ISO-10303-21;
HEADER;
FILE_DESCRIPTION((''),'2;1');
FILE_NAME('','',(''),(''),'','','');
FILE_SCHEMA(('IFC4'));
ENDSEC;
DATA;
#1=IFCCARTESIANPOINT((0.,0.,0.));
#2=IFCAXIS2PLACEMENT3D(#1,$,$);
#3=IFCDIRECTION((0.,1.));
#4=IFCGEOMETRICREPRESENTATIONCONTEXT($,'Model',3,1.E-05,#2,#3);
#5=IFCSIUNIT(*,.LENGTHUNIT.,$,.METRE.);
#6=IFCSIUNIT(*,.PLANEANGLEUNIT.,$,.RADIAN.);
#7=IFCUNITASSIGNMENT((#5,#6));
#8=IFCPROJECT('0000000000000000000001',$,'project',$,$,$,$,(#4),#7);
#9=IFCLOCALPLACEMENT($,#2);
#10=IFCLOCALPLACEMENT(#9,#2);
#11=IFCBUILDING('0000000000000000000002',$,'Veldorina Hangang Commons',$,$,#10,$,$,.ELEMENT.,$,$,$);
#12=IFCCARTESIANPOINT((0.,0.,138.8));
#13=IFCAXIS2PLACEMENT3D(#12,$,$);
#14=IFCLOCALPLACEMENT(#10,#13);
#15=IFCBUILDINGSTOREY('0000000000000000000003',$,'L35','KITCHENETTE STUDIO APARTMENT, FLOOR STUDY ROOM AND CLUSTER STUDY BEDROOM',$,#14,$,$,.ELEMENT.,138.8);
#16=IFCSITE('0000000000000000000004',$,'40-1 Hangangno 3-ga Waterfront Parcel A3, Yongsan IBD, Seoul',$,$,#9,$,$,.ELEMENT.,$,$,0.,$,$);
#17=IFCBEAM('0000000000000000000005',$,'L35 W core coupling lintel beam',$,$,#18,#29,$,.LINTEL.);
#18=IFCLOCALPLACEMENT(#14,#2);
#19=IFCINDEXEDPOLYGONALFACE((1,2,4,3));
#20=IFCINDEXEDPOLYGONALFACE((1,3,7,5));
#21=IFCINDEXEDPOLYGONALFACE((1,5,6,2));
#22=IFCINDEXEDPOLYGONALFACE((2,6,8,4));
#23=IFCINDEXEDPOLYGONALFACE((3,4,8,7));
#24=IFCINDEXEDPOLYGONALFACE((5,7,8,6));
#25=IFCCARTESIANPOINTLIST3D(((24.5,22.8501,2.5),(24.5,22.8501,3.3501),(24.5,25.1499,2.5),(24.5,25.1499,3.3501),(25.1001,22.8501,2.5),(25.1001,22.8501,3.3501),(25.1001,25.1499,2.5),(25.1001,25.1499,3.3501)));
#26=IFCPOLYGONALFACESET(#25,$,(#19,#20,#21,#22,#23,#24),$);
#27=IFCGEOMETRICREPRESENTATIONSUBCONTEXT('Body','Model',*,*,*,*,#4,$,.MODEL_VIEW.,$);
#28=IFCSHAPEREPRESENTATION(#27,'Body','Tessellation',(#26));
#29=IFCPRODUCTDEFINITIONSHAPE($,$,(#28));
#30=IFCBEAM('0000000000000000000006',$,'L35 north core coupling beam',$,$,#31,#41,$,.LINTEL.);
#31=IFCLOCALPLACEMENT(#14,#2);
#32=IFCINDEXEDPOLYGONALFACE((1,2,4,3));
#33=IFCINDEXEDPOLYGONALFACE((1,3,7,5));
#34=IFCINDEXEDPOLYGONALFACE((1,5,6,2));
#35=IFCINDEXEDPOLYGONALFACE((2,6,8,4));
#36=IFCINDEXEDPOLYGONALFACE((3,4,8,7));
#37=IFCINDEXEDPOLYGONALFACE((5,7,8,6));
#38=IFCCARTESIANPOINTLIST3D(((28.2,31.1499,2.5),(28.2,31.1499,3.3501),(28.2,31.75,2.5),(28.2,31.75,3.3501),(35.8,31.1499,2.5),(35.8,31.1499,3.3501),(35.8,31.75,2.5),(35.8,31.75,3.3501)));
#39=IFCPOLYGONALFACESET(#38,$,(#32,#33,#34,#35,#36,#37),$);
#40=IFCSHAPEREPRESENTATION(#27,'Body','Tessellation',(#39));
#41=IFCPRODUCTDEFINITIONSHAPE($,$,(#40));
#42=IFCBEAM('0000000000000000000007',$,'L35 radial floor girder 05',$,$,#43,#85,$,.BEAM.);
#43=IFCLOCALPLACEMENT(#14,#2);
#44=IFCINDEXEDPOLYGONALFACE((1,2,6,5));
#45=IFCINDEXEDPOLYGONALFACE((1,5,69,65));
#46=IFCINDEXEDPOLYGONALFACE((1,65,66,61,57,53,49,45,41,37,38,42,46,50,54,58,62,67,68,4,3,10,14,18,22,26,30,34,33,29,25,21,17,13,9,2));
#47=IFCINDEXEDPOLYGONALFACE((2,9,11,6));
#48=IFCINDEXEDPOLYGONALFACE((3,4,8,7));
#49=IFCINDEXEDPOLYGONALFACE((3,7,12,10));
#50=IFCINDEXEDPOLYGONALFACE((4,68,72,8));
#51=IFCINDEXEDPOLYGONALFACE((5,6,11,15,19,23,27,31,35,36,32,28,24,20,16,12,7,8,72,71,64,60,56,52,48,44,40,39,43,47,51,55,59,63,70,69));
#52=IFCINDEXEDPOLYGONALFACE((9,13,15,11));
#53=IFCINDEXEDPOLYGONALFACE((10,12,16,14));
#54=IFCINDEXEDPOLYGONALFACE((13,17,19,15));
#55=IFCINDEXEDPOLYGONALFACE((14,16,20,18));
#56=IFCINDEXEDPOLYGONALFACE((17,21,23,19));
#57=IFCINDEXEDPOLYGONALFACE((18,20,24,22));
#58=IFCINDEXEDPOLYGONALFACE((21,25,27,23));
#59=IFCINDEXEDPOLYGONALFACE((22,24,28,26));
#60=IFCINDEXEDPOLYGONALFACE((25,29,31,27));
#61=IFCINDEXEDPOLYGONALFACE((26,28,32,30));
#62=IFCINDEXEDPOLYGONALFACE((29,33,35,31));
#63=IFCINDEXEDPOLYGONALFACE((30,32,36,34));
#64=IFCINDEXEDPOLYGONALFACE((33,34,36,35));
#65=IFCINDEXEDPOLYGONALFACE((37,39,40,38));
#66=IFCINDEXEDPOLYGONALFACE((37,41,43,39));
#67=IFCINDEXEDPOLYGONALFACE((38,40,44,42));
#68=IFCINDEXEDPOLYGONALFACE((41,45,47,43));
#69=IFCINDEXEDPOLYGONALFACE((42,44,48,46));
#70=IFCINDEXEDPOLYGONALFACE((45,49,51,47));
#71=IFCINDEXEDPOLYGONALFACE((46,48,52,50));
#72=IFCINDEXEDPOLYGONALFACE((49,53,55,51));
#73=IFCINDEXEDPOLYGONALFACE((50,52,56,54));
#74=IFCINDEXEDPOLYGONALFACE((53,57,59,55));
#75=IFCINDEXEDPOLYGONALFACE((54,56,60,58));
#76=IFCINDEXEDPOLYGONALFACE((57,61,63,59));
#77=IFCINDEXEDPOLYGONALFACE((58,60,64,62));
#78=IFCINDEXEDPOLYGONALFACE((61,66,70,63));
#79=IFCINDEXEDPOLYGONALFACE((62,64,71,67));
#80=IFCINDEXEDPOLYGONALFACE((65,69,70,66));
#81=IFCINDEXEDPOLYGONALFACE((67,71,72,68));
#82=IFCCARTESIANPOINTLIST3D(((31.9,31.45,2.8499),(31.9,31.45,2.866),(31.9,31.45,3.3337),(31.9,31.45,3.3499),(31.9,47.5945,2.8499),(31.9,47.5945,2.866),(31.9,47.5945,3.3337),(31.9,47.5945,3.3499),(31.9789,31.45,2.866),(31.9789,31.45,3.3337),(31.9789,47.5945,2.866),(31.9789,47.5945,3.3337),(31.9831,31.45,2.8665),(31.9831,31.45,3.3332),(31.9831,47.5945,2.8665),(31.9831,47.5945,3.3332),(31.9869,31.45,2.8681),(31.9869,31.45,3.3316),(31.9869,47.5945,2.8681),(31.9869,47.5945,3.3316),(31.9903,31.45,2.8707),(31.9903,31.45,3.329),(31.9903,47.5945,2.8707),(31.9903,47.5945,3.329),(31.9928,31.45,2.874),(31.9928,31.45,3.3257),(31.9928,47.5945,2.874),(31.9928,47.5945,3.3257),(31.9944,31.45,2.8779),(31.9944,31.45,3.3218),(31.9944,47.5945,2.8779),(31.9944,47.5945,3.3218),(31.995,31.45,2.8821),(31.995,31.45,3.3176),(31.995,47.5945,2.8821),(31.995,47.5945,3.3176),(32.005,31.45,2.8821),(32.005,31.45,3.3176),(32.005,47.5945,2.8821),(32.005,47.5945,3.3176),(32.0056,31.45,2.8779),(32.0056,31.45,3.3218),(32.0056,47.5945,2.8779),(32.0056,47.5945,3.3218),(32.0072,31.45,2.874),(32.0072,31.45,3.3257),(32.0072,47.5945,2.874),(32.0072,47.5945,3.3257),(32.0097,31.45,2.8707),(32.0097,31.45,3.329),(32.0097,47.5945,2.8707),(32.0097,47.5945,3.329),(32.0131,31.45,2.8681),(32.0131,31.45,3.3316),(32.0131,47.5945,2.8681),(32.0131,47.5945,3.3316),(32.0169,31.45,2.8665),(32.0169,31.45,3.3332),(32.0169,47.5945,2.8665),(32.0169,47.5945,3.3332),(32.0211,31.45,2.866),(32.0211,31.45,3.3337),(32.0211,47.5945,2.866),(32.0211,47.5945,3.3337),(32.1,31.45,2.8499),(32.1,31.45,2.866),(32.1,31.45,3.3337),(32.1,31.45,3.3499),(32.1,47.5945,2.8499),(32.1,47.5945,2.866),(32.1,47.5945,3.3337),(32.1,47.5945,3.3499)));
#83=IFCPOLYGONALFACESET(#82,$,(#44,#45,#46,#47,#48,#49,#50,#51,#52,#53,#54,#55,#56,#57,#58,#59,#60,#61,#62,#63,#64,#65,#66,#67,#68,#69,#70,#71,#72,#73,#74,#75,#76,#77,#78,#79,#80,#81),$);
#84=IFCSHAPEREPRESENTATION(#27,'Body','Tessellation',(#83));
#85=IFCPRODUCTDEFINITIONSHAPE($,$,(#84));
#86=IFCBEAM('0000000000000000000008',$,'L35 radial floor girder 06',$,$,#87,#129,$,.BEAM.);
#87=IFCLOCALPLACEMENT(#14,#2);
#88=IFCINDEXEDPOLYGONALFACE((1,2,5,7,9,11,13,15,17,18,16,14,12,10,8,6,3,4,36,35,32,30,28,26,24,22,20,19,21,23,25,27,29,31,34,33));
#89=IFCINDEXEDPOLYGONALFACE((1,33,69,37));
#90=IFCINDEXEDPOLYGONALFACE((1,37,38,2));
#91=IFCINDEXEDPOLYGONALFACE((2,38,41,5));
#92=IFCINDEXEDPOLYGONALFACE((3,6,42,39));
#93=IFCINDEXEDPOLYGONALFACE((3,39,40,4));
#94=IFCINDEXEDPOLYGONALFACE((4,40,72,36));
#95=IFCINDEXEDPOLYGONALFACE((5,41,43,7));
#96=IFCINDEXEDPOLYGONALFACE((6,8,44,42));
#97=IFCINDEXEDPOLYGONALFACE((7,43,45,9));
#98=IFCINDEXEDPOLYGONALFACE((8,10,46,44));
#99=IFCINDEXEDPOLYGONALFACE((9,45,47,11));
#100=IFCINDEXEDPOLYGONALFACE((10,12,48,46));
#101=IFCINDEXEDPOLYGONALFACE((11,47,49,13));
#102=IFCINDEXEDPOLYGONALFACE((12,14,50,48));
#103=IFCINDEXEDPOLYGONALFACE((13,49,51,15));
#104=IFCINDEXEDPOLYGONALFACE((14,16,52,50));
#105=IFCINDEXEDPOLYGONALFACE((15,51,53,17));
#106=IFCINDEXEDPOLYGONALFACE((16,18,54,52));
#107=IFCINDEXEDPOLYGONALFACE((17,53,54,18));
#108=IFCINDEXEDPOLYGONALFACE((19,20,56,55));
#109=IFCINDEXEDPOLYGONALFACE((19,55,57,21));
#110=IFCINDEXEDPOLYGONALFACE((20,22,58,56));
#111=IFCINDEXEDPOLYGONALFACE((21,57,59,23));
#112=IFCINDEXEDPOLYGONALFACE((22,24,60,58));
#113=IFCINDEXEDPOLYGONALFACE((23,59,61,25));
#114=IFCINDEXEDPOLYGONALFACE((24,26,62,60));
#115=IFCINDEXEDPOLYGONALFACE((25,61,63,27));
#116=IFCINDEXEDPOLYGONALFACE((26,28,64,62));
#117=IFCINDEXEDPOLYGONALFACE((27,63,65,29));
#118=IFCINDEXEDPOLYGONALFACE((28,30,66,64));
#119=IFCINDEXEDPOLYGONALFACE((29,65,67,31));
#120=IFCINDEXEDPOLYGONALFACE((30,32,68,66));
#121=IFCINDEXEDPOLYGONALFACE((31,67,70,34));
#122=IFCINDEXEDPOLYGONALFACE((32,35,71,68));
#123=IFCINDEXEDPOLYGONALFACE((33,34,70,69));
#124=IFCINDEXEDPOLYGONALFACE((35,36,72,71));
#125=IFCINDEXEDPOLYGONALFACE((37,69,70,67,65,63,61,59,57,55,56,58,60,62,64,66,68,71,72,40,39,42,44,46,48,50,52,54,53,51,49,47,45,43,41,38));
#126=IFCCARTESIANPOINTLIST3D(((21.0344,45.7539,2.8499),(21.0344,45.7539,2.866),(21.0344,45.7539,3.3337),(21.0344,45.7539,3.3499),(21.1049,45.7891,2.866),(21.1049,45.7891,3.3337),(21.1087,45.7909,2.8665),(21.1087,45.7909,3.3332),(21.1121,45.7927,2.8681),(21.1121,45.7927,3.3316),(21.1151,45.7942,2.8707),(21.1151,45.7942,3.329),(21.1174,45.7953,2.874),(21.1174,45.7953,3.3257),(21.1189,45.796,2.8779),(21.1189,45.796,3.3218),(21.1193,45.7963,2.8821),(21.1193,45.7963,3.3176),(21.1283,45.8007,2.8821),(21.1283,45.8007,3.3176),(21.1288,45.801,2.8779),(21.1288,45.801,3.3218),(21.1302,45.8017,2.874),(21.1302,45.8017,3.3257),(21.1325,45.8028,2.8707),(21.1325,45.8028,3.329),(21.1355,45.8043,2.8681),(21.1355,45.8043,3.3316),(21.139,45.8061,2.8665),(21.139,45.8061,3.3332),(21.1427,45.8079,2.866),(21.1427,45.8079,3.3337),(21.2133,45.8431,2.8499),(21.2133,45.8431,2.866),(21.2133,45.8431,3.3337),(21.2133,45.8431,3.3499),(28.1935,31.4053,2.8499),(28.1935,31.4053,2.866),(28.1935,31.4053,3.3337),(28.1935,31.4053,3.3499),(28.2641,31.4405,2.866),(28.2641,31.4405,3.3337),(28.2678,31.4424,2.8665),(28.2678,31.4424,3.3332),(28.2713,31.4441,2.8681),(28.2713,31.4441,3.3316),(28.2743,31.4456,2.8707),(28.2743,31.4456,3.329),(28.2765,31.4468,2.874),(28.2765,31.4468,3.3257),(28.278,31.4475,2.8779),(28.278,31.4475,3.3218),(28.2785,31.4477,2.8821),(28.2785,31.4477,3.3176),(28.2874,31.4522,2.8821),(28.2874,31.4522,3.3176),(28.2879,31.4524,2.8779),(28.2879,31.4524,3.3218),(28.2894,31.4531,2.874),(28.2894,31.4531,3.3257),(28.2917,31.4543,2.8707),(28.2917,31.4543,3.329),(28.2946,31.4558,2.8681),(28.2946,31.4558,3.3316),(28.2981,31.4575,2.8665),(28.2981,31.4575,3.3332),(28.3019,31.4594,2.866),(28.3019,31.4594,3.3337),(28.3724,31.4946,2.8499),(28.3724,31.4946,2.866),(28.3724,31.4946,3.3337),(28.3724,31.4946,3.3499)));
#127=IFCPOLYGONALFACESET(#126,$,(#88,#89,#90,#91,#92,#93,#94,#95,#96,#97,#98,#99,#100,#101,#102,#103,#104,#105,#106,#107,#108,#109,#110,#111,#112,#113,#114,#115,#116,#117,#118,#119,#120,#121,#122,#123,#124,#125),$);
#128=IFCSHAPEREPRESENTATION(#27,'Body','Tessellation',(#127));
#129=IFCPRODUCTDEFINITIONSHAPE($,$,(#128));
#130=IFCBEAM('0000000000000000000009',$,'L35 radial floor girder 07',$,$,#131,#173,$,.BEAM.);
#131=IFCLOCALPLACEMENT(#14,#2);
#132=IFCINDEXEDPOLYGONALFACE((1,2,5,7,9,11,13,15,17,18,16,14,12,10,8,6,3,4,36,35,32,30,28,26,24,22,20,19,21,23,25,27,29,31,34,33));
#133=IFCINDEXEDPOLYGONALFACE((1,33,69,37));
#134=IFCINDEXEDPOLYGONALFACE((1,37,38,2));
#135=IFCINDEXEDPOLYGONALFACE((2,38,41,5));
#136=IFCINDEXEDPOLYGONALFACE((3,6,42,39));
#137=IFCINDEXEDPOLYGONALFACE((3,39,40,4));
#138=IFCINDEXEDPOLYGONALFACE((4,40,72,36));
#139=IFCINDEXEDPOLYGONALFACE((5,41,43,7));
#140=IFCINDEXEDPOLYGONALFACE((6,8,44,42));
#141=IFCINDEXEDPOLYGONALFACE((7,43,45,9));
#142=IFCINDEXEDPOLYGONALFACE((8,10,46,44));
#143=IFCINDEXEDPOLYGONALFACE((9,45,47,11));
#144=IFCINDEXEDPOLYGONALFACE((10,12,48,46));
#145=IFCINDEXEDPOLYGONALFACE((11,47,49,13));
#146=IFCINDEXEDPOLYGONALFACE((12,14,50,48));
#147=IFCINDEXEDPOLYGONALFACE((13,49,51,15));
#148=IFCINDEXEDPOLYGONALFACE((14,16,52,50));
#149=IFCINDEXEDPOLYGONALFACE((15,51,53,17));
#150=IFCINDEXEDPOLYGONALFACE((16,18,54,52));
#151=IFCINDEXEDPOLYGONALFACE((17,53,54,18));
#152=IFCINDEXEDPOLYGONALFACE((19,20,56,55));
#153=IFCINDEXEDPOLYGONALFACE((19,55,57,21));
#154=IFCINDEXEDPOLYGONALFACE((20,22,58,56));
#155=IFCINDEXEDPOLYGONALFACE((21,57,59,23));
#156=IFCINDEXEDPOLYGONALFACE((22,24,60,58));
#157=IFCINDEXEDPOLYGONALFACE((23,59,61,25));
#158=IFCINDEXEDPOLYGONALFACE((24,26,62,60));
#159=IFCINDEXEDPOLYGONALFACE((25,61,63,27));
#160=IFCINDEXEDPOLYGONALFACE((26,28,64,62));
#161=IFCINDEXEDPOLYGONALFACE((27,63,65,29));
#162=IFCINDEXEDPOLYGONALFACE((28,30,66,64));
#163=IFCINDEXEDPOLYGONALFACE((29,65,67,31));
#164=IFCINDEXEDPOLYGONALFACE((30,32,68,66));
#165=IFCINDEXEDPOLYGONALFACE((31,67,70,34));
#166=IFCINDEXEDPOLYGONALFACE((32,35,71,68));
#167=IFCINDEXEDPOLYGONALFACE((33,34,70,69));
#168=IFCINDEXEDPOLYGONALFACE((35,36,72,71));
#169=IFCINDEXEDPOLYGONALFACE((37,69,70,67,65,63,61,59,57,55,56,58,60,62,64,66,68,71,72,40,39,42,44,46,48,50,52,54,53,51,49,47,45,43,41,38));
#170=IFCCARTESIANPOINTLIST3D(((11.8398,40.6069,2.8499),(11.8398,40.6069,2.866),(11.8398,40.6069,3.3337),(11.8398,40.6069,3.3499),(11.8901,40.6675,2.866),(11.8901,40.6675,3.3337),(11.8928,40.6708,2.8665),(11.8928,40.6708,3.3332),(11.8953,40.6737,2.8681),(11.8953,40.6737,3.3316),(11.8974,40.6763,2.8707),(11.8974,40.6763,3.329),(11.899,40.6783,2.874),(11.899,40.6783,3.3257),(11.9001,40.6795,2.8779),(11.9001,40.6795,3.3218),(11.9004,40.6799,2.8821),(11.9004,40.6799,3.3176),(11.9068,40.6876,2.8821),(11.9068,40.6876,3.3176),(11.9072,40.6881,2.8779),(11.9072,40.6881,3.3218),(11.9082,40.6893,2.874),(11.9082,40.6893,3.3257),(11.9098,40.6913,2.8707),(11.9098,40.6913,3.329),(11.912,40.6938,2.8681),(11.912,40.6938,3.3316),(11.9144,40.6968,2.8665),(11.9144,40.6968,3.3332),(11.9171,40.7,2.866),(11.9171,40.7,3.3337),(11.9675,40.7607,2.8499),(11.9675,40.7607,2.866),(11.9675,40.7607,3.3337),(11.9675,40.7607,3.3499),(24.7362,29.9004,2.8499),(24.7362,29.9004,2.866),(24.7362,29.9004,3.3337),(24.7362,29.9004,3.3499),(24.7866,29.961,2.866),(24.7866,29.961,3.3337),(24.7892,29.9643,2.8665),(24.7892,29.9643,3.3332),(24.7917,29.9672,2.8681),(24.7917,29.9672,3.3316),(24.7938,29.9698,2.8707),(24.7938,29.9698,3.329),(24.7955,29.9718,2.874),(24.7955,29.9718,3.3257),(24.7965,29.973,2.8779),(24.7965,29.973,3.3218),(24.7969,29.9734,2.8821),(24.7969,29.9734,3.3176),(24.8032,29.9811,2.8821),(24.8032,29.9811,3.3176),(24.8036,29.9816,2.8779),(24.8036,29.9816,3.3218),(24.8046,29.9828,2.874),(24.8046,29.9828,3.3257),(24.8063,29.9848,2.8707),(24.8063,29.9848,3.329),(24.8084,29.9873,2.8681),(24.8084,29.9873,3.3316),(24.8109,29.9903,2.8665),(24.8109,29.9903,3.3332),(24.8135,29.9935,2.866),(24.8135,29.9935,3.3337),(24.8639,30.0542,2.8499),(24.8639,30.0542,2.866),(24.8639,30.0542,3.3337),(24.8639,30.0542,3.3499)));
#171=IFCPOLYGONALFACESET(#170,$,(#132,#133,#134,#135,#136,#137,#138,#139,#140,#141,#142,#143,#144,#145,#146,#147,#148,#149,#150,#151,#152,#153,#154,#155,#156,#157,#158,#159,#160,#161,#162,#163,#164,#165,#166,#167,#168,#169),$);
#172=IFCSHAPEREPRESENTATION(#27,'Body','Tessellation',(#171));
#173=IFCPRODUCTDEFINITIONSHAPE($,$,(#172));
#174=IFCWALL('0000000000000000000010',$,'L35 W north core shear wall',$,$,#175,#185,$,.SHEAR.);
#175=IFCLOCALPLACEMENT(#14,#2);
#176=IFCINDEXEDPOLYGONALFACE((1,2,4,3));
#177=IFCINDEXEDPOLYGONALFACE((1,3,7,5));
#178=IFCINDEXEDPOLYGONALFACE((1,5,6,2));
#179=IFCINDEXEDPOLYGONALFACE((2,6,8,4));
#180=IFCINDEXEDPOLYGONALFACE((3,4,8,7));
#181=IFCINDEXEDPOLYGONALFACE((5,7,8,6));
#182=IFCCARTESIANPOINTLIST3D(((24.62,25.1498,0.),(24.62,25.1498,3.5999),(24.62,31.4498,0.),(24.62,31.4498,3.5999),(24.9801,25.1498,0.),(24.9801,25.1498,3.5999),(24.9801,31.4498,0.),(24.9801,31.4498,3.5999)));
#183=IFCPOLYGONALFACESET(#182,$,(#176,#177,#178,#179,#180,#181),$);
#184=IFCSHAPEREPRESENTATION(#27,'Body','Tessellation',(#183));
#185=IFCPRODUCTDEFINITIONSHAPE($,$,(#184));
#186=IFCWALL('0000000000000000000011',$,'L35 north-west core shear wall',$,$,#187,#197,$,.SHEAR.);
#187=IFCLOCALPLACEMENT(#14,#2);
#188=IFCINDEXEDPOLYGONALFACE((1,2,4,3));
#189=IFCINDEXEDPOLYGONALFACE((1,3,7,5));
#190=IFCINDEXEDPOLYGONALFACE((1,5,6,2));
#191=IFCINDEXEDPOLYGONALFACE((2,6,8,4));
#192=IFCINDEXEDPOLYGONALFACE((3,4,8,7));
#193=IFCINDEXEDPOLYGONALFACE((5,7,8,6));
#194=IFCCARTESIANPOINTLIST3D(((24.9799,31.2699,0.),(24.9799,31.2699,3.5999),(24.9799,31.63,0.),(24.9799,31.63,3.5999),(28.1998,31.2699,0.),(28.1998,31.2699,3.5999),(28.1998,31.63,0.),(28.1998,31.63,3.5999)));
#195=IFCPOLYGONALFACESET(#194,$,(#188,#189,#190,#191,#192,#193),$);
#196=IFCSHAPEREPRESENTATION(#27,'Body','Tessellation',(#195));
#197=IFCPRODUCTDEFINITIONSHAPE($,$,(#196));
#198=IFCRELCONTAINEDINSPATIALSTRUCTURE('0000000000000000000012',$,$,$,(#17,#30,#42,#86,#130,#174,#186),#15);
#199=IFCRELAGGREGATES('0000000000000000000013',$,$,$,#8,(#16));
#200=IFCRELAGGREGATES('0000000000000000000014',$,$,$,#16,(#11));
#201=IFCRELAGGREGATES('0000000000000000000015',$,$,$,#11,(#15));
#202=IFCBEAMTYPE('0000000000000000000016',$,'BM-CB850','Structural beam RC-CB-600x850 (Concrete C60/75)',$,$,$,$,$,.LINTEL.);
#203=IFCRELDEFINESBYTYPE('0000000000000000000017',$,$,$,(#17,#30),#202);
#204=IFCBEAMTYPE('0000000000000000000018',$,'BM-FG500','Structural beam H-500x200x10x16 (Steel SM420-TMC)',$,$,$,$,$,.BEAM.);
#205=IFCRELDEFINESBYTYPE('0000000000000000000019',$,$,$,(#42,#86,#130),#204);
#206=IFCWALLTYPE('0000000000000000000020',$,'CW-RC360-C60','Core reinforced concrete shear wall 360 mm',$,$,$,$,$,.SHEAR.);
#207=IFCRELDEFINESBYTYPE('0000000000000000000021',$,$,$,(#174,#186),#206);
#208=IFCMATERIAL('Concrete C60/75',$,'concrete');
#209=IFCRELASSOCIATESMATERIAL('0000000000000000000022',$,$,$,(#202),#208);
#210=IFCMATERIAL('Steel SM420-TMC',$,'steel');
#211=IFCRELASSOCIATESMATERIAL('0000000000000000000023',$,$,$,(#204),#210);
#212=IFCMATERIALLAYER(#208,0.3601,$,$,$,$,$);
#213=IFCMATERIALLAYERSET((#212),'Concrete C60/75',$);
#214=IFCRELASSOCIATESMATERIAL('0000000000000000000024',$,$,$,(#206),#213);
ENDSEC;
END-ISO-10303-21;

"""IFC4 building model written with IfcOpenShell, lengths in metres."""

from ifc_helpers import new_model, si_unit, direction, frame, frame_2d, origin, origin_2d, place, context, subcontext, project, spatial, rectangle, i_section, extrude, material, layer, layer_set, material_profile, profile_set, type_object, element, save


model = new_model("IFC4")

# Units and contexts
model_context = context("Model", 3, precision=1e-05, world=origin(), true_north=direction((0.0, 1.0)))
body_context = subcontext(model_context, "Body", "Model", "MODEL_VIEW")
ifc_project = project(units=[si_unit("LENGTHUNIT", "METRE"), si_unit("PLANEANGLEUNIT", "RADIAN")], contexts=[model_context])

# Site, building, storey
site_placement = place(None, origin())
site = spatial("IfcSite", under=ifc_project, at=site_placement, Name="40-1 Hangangno 3-ga Waterfront Parcel A3, Yongsan IBD, Seoul", CompositionType="ELEMENT", RefElevation=0.0)
building_placement = place(site_placement, origin())
building = spatial("IfcBuilding", under=site, at=building_placement, Name="Veldorina Hangang Commons", CompositionType="ELEMENT")
storey_placement = place(building_placement, frame((0.0, 0.0, 138.8)))
storey = spatial("IfcBuildingStorey", under=building, at=storey_placement, Name="L35", Description="KITCHENETTE STUDIO APARTMENT, FLOOR STUDY ROOM AND CLUSTER STUDY BEDROOM", CompositionType="ELEMENT", Elevation=138.8)

# Beams
ifc_material_1 = material(Name="Concrete C60/75", Category="concrete")
ifc_material_profile_1 = material_profile(ifc_material_1, rectangle(XDim=0.6001, YDim=0.8501, at=origin_2d()), Name="RC-CB-600x850")
ifc_profile_set_1 = profile_set([ifc_material_profile_1], Name="Concrete C60/75")
beam_type_1 = type_object("IfcBeamType", Name="BM-CB850", Description="Structural beam RC-CB-600x850 (Concrete C60/75)", PredefinedType="LINTEL", material=ifc_profile_set_1)
beam_1_placement = place(storey_placement, frame((24.8, 22.8501, 2.925), z_axis=(0.0, 1.0, 0.0), x_axis=(-1.0, 0.0, 0.0)))
element("IfcBeam", 1, at=beam_1_placement, inside=storey, type_object=beam_type_1, Name="L35 W core coupling lintel beam", PredefinedType="LINTEL", context=body_context, shape_type="SweptSolid", body=[
    extrude(rectangle(XDim=0.6001, YDim=0.8501, at=origin_2d()), origin(), (0.0, 0.0, 1.0), 2.2998),
])
beam_2_placement = place(storey_placement, frame((28.2, 31.45, 2.925), z_axis=(1.0, 0.0, 0.0), x_axis=(0.0, 1.0, 0.0)))
element("IfcBeam", 2, at=beam_2_placement, inside=storey, type_object=beam_type_1, Name="L35 north core coupling beam", PredefinedType="LINTEL", context=body_context, shape_type="SweptSolid", body=[
    extrude(rectangle(XDim=0.6001, YDim=0.8501, at=origin_2d()), origin(), (0.0, 0.0, 1.0), 7.6001),
])
ifc_material_2 = material(Name="Steel SM420-TMC", Category="steel")
ifc_material_profile_2 = material_profile(ifc_material_2, i_section(OverallWidth=0.2, OverallDepth=0.5, WebThickness=0.01, FlangeThickness=0.0161, FilletRadius=0.0161, at=origin_2d()), Name="H-500x200x10x16")
ifc_profile_set_2 = profile_set([ifc_material_profile_2], Name="Steel SM420-TMC")
beam_type_2 = type_object("IfcBeamType", Name="BM-FG500", Description="Structural beam H-500x200x10x16 (Steel SM420-TMC)", PredefinedType="BEAM", material=ifc_profile_set_2)
beam_3_placement = place(storey_placement, frame((32.0, 31.45, 3.0999), z_axis=(0.0, 1.0, 0.0), x_axis=(-1.0, 0.0, 0.0)))
element("IfcBeam", 3, at=beam_3_placement, inside=storey, type_object=beam_type_2, Name="L35 radial floor girder 05", PredefinedType="BEAM", context=body_context, shape_type="SweptSolid", body=[
    extrude(i_section(OverallWidth=0.2, OverallDepth=0.5, WebThickness=0.01, FlangeThickness=0.0161, FilletRadius=0.0161, at=origin_2d()), origin(), (0.0, 0.0, 1.0), 16.1445),
])
beam_4_placement = place(storey_placement, frame((28.283, 31.45, 3.0999), z_axis=(-0.446458, 0.894804, 0.0), x_axis=(-0.894804, -0.446458, 0.0)))
element("IfcBeam", 4, at=beam_4_placement, inside=storey, type_object=beam_type_2, Name="L35 radial floor girder 06", PredefinedType="BEAM", context=body_context, shape_type="SweptSolid", body=[
    extrude(i_section(OverallWidth=0.2, OverallDepth=0.5, WebThickness=0.01, FlangeThickness=0.0161, FilletRadius=0.0161, at=origin_2d()), origin(), (0.0, 0.0, 1.0), 16.0354),
])
beam_5_placement = place(storey_placement, frame((24.8, 29.9773, 3.0999), z_axis=(-0.769409, 0.638756, 0.0), x_axis=(-0.638756, -0.769409, 0.0)))
element("IfcBeam", 5, at=beam_5_placement, inside=storey, type_object=beam_type_2, Name="L35 radial floor girder 07", PredefinedType="BEAM", context=body_context, shape_type="SweptSolid", body=[
    extrude(i_section(OverallWidth=0.2, OverallDepth=0.5, WebThickness=0.01, FlangeThickness=0.0161, FilletRadius=0.0161, at=origin_2d()), origin(), (0.0, 0.0, 1.0), 16.7615),
])

# Walls
ifc_layer_1 = layer(ifc_material_1, 0.3601)
ifc_layer_set_1 = layer_set([ifc_layer_1], Name="Concrete C60/75")
wall_type_1 = type_object("IfcWallType", Name="CW-RC360-C60", Description="Core reinforced concrete shear wall 360 mm", PredefinedType="SHEAR", material=ifc_layer_set_1)
wall_1_placement = place(storey_placement, frame((24.8, 25.1499, 0.0), z_axis=(0.0, 0.0, 1.0), x_axis=(0.0, 1.0, 0.0)))
element("IfcWall", 6, at=wall_1_placement, inside=storey, type_object=wall_type_1, Name="L35 W north core shear wall", PredefinedType="SHEAR", context=body_context, shape_type="SweptSolid", body=[
    extrude(rectangle(XDim=6.3, YDim=0.3601, at=frame_2d((3.1499, 0.0))), origin(), (0.0, 0.0, 1.0), 3.5999),
])
wall_2_placement = place(storey_placement, frame((24.98, 31.45, 0.0), z_axis=(0.0, 0.0, 1.0), x_axis=(1.0, 0.0, 0.0)))
element("IfcWall", 7, at=wall_2_placement, inside=storey, type_object=wall_type_1, Name="L35 north-west core shear wall", PredefinedType="SHEAR", context=body_context, shape_type="SweptSolid", body=[
    extrude(rectangle(XDim=3.22, YDim=0.3601, at=frame_2d((1.6099, 0.0))), origin(), (0.0, 0.0, 1.0), 3.5999),
])

save(model, "model.ifc")
